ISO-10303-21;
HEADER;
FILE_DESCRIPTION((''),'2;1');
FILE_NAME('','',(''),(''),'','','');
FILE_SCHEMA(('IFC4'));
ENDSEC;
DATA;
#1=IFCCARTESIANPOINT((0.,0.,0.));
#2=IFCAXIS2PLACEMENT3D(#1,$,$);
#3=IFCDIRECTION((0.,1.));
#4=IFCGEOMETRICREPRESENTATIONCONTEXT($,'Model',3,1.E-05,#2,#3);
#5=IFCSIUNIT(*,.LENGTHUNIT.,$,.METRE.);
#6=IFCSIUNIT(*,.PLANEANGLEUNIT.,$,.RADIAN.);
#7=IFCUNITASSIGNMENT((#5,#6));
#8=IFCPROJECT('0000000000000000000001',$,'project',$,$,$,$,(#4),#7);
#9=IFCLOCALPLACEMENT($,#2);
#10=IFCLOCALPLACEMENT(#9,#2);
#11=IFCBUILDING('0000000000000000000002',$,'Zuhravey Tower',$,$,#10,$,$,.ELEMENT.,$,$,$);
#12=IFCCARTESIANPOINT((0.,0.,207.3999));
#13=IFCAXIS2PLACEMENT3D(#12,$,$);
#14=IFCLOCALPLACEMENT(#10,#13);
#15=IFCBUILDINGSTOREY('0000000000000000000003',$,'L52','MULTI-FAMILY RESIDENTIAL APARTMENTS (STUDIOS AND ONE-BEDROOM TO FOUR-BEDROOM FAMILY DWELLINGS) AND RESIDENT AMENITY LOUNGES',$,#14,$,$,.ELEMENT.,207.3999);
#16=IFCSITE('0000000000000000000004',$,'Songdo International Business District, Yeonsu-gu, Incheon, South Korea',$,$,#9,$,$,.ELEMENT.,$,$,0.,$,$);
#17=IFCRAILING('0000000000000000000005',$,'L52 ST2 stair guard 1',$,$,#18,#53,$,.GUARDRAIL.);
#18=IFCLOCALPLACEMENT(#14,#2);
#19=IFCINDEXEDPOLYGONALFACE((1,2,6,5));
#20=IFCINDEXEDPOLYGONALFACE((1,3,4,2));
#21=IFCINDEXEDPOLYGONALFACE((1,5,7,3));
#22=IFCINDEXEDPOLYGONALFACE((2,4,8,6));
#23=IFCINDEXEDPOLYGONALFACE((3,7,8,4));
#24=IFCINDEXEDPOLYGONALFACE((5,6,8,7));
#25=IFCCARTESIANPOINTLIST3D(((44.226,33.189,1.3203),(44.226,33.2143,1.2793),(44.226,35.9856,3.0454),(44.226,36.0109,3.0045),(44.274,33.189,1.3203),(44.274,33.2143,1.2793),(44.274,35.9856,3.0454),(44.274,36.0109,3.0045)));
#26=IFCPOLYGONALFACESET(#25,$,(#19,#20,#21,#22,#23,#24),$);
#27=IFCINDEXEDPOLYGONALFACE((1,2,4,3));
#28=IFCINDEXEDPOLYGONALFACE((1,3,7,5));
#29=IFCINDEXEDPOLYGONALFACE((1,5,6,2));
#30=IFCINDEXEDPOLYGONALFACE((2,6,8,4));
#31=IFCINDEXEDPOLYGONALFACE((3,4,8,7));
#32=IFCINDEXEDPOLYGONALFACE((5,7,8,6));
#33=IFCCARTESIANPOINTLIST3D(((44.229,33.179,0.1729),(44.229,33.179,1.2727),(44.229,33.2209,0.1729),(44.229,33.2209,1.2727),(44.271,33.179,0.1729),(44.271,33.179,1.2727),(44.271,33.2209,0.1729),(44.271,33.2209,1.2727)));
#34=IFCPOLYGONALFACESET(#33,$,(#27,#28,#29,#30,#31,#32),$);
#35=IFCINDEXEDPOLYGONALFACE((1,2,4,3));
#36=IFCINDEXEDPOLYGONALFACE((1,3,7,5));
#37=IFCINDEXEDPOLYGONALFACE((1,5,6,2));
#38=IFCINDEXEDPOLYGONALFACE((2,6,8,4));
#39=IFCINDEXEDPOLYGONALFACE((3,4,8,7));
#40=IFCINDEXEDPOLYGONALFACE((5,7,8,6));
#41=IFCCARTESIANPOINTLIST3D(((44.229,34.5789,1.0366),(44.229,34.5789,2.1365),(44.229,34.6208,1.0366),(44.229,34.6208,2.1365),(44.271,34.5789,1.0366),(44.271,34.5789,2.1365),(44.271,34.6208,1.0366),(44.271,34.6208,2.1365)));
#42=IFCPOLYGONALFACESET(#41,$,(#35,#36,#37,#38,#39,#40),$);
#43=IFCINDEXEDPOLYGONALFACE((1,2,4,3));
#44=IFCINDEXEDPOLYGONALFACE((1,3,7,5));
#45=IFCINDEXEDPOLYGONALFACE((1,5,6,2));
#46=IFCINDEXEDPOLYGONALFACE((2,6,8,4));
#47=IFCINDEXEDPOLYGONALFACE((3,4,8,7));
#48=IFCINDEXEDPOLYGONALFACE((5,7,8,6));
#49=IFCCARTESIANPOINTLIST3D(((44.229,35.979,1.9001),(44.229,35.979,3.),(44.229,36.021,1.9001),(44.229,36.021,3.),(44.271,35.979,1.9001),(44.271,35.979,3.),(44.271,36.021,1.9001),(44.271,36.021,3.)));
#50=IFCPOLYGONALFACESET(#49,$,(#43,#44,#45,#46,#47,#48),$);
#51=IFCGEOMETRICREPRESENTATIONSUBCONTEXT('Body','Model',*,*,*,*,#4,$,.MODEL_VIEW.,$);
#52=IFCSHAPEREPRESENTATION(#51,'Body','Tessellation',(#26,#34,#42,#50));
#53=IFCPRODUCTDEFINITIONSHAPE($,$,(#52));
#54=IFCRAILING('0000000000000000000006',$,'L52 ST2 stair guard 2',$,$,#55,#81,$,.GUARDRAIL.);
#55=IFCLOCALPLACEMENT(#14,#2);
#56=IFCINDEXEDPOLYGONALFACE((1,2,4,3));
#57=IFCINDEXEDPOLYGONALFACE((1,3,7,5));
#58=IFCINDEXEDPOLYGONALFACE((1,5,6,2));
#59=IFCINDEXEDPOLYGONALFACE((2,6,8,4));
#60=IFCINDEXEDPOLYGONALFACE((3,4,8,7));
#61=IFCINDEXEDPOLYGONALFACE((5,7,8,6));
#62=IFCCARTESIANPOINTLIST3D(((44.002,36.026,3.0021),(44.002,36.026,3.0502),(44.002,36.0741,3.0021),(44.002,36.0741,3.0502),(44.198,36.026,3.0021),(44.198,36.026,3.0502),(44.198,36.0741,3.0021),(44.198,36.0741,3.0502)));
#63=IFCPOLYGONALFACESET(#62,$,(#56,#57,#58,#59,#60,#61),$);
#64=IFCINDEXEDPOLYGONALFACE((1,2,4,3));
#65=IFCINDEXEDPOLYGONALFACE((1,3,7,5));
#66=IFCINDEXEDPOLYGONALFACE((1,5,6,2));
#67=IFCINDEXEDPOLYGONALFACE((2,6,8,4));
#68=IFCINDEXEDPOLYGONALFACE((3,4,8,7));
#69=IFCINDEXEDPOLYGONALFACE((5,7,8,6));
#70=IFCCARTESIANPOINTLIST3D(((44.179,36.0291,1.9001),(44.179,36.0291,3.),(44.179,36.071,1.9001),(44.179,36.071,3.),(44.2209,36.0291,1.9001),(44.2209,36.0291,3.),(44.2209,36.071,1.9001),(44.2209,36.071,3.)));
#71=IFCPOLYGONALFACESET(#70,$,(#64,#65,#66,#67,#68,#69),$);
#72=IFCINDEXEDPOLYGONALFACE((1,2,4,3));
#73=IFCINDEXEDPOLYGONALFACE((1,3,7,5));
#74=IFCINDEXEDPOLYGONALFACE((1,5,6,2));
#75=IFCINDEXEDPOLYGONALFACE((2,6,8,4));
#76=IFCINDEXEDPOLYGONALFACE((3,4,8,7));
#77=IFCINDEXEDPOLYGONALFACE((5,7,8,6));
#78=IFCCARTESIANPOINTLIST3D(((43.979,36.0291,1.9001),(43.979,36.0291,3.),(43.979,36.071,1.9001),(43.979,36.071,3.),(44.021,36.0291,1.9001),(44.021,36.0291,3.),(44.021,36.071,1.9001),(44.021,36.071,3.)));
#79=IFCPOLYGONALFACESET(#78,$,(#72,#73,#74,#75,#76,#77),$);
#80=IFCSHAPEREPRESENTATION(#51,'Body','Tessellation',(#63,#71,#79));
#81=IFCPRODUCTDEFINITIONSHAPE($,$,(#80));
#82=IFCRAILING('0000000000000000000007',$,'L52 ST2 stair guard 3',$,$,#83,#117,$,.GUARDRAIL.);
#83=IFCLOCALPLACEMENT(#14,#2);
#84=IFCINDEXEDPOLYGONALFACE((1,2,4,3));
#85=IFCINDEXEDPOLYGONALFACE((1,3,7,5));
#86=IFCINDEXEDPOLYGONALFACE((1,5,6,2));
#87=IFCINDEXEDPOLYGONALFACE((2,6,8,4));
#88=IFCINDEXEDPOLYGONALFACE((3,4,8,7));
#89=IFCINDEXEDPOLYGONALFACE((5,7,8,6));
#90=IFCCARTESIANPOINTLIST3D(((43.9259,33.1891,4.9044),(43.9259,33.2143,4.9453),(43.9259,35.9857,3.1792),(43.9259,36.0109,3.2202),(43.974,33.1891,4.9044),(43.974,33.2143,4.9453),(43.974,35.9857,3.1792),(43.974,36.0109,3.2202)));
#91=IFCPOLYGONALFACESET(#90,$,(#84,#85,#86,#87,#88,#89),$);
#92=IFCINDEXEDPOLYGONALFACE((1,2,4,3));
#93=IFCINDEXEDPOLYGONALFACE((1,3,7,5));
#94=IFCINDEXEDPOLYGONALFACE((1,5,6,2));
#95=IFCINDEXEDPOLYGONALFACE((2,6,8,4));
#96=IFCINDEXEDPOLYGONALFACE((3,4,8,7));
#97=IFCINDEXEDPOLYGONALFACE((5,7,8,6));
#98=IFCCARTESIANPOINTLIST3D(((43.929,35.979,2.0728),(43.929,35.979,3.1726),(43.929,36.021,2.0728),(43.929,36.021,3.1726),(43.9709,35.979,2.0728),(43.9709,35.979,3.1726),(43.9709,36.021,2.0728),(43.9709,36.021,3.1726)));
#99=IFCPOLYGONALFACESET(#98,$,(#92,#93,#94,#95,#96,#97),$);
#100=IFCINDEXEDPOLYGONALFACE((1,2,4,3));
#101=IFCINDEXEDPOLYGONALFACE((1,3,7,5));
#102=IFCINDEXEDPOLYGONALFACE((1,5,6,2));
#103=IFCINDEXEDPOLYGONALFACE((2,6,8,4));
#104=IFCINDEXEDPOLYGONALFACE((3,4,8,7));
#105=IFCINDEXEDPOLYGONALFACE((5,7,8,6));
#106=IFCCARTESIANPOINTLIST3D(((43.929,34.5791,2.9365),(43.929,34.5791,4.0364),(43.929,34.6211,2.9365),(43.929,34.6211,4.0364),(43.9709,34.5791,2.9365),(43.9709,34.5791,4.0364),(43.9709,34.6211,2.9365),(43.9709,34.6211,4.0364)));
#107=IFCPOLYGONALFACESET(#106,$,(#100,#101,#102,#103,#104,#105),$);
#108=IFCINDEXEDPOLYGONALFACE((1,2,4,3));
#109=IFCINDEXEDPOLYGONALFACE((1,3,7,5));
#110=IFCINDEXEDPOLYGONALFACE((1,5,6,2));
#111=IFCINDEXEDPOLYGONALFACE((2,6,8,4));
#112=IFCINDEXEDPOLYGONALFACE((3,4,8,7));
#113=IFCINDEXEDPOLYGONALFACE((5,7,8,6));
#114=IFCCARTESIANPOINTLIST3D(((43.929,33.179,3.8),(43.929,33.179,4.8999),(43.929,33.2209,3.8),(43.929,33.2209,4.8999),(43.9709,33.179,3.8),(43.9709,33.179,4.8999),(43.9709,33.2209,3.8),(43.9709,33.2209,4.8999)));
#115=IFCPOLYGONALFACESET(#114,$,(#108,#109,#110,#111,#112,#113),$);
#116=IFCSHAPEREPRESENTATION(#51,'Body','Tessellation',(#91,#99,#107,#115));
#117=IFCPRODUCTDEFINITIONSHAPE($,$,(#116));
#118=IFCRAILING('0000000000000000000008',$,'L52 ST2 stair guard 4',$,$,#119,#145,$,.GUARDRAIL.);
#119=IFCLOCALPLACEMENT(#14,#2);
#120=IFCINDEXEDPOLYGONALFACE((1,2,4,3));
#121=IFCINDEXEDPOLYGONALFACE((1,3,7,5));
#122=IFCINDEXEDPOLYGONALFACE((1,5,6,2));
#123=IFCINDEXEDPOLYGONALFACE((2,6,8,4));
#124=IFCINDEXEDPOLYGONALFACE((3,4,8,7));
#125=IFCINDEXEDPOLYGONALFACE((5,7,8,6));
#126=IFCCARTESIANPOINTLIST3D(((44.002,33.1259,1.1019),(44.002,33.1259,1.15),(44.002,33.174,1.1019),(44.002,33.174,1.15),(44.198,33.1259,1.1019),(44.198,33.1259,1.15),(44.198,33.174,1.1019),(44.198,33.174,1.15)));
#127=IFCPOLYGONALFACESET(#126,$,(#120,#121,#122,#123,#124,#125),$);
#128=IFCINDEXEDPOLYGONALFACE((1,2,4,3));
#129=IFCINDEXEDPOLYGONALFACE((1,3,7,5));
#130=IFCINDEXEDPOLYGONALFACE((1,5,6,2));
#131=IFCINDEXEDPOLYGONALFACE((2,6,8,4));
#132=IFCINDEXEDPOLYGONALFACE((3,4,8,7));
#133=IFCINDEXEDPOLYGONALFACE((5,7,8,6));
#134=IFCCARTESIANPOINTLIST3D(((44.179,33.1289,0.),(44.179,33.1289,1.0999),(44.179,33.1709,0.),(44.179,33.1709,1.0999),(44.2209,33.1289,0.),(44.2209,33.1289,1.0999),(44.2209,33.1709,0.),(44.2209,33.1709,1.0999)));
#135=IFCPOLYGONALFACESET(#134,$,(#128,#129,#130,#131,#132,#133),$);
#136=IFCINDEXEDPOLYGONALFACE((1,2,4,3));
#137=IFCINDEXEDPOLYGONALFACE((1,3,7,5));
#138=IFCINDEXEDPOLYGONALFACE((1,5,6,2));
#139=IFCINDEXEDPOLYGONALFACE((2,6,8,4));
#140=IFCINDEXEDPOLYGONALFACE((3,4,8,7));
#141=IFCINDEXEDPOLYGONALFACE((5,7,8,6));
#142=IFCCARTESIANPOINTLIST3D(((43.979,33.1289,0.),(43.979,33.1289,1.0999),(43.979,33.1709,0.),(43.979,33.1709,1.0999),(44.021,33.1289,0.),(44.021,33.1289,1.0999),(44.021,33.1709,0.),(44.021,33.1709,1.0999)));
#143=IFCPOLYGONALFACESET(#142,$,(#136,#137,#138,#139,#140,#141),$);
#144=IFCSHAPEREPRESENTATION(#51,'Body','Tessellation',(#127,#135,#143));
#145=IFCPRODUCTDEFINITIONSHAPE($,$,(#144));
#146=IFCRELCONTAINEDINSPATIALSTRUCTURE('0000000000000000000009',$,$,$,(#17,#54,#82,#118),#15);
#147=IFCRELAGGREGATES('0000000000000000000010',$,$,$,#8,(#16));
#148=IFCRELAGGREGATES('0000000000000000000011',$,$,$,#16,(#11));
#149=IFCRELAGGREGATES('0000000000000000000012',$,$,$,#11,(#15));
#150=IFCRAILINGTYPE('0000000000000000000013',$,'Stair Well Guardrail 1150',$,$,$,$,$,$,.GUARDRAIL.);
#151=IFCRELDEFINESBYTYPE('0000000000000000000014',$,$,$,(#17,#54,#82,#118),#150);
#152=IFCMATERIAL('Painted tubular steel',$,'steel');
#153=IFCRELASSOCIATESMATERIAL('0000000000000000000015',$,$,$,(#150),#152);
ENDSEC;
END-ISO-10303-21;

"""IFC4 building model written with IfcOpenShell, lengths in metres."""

from ifc_helpers import new_model, si_unit, direction, frame, origin, origin_2d, place, context, subcontext, project, spatial, rectangle, extrude, material, type_object, element, save


model = new_model("IFC4")

# Units and contexts
model_context = context("Model", 3, precision=1e-05, world=origin(), true_north=direction((0.0, 1.0)))
body_context = subcontext(model_context, "Body", "Model", "MODEL_VIEW")
ifc_project = project(units=[si_unit("LENGTHUNIT", "METRE"), si_unit("PLANEANGLEUNIT", "RADIAN")], contexts=[model_context])

# Site, building, storey
site_placement = place(None, origin())
site = spatial("IfcSite", under=ifc_project, at=site_placement, Name="Songdo International Business District, Yeonsu-gu, Incheon, South Korea", CompositionType="ELEMENT", RefElevation=0.0)
building_placement = place(site_placement, origin())
building = spatial("IfcBuilding", under=site, at=building_placement, Name="Zuhravey Tower", CompositionType="ELEMENT")
storey_placement = place(building_placement, frame((0.0, 0.0, 207.3999)))
storey = spatial("IfcBuildingStorey", under=building, at=storey_placement, Name="L52", Description="MULTI-FAMILY RESIDENTIAL APARTMENTS (STUDIOS AND ONE-BEDROOM TO FOUR-BEDROOM FAMILY DWELLINGS) AND RESIDENT AMENITY LOUNGES", CompositionType="ELEMENT", Elevation=207.3999)

# Railings
ifc_material_1 = material(Name="Painted tubular steel", Category="steel")
railing_type_1 = type_object("IfcRailingType", Name="Stair Well Guardrail 1150", PredefinedType="GUARDRAIL", material=ifc_material_1)
railing_1_placement = place(storey_placement, frame((44.25, 33.2, 0.1729)))
element("IfcRailing", 1, at=railing_1_placement, inside=storey, type_object=railing_type_1, Name="L52 ST2 stair guard 1", PredefinedType="GUARDRAIL", context=body_context, shape_type="SweptSolid", body=[
    extrude(rectangle(XDim=0.0481, YDim=0.0481, at=origin_2d()), frame((0.0, 0.0017, 1.127), z_axis=(0.0, 0.85109, 0.52502), x_axis=(-1.0, 0.0, 0.0)), (0.0, 0.0, 1.0), 3.2859),
    extrude(rectangle(XDim=0.042, YDim=0.042, at=origin_2d()), origin(), (0.0, 0.0, 1.0), 1.0999),
    extrude(rectangle(XDim=0.042, YDim=0.042, at=origin_2d()), frame((0.0, 1.3999, 0.8638)), (0.0, 0.0, 1.0), 1.0999),
    extrude(rectangle(XDim=0.042, YDim=0.042, at=origin_2d()), frame((0.0, 2.8, 1.7273)), (0.0, 0.0, 1.0), 1.0999),
])
railing_2_placement = place(storey_placement, frame((44.2, 36.05, 1.9001)))
element("IfcRailing", 2, at=railing_2_placement, inside=storey, type_object=railing_type_1, Name="L52 ST2 stair guard 2", PredefinedType="GUARDRAIL", context=body_context, shape_type="SweptSolid", body=[
    extrude(rectangle(XDim=0.0481, YDim=0.0481, at=origin_2d()), frame((-0.002, 0.0, 1.126), z_axis=(-1.0, 0.0, 0.0), x_axis=(0.0, -1.0, 0.0)), (0.0, 0.0, 1.0), 0.196),
    extrude(rectangle(XDim=0.042, YDim=0.042, at=origin_2d()), origin(), (0.0, 0.0, 1.0), 1.0999),
    extrude(rectangle(XDim=0.042, YDim=0.042, at=origin_2d()), frame((-0.2, 0.0, 0.0)), (0.0, 0.0, 1.0), 1.0999),
])
railing_3_placement = place(storey_placement, frame((43.95, 36.0, 2.0728)))
element("IfcRailing", 3, at=railing_3_placement, inside=storey, type_object=railing_type_1, Name="L52 ST2 stair guard 3", PredefinedType="GUARDRAIL", context=body_context, shape_type="SweptSolid", body=[
    extrude(rectangle(XDim=0.0481, YDim=0.0481, at=origin_2d()), frame((0.0, -0.0017, 1.127), z_axis=(0.0, -0.85109, 0.52502), x_axis=(1.0, 0.0, 0.0)), (0.0, 0.0, 1.0), 3.2859),
    extrude(rectangle(XDim=0.042, YDim=0.042, at=origin_2d()), origin(), (0.0, 0.0, 1.0), 1.0999),
    extrude(rectangle(XDim=0.042, YDim=0.042, at=origin_2d()), frame((0.0, -1.3999, 0.8638)), (0.0, 0.0, 1.0), 1.0999),
    extrude(rectangle(XDim=0.042, YDim=0.042, at=origin_2d()), frame((0.0, -2.8, 1.7273)), (0.0, 0.0, 1.0), 1.0999),
])
railing_4_placement = place(storey_placement, frame((44.2, 33.1499, 0.0)))
element("IfcRailing", 4, at=railing_4_placement, inside=storey, type_object=railing_type_1, Name="L52 ST2 stair guard 4", PredefinedType="GUARDRAIL", context=body_context, shape_type="SweptSolid", body=[
    extrude(rectangle(XDim=0.0481, YDim=0.0481, at=origin_2d()), frame((-0.002, 0.0, 1.126), z_axis=(-1.0, 0.0, 0.0), x_axis=(0.0, -1.0, 0.0)), (0.0, 0.0, 1.0), 0.196),
    extrude(rectangle(XDim=0.042, YDim=0.042, at=origin_2d()), origin(), (0.0, 0.0, 1.0), 1.0999),
    extrude(rectangle(XDim=0.042, YDim=0.042, at=origin_2d()), frame((-0.2, 0.0, 0.0)), (0.0, 0.0, 1.0), 1.0999),
])

save(model, "model.ifc")
